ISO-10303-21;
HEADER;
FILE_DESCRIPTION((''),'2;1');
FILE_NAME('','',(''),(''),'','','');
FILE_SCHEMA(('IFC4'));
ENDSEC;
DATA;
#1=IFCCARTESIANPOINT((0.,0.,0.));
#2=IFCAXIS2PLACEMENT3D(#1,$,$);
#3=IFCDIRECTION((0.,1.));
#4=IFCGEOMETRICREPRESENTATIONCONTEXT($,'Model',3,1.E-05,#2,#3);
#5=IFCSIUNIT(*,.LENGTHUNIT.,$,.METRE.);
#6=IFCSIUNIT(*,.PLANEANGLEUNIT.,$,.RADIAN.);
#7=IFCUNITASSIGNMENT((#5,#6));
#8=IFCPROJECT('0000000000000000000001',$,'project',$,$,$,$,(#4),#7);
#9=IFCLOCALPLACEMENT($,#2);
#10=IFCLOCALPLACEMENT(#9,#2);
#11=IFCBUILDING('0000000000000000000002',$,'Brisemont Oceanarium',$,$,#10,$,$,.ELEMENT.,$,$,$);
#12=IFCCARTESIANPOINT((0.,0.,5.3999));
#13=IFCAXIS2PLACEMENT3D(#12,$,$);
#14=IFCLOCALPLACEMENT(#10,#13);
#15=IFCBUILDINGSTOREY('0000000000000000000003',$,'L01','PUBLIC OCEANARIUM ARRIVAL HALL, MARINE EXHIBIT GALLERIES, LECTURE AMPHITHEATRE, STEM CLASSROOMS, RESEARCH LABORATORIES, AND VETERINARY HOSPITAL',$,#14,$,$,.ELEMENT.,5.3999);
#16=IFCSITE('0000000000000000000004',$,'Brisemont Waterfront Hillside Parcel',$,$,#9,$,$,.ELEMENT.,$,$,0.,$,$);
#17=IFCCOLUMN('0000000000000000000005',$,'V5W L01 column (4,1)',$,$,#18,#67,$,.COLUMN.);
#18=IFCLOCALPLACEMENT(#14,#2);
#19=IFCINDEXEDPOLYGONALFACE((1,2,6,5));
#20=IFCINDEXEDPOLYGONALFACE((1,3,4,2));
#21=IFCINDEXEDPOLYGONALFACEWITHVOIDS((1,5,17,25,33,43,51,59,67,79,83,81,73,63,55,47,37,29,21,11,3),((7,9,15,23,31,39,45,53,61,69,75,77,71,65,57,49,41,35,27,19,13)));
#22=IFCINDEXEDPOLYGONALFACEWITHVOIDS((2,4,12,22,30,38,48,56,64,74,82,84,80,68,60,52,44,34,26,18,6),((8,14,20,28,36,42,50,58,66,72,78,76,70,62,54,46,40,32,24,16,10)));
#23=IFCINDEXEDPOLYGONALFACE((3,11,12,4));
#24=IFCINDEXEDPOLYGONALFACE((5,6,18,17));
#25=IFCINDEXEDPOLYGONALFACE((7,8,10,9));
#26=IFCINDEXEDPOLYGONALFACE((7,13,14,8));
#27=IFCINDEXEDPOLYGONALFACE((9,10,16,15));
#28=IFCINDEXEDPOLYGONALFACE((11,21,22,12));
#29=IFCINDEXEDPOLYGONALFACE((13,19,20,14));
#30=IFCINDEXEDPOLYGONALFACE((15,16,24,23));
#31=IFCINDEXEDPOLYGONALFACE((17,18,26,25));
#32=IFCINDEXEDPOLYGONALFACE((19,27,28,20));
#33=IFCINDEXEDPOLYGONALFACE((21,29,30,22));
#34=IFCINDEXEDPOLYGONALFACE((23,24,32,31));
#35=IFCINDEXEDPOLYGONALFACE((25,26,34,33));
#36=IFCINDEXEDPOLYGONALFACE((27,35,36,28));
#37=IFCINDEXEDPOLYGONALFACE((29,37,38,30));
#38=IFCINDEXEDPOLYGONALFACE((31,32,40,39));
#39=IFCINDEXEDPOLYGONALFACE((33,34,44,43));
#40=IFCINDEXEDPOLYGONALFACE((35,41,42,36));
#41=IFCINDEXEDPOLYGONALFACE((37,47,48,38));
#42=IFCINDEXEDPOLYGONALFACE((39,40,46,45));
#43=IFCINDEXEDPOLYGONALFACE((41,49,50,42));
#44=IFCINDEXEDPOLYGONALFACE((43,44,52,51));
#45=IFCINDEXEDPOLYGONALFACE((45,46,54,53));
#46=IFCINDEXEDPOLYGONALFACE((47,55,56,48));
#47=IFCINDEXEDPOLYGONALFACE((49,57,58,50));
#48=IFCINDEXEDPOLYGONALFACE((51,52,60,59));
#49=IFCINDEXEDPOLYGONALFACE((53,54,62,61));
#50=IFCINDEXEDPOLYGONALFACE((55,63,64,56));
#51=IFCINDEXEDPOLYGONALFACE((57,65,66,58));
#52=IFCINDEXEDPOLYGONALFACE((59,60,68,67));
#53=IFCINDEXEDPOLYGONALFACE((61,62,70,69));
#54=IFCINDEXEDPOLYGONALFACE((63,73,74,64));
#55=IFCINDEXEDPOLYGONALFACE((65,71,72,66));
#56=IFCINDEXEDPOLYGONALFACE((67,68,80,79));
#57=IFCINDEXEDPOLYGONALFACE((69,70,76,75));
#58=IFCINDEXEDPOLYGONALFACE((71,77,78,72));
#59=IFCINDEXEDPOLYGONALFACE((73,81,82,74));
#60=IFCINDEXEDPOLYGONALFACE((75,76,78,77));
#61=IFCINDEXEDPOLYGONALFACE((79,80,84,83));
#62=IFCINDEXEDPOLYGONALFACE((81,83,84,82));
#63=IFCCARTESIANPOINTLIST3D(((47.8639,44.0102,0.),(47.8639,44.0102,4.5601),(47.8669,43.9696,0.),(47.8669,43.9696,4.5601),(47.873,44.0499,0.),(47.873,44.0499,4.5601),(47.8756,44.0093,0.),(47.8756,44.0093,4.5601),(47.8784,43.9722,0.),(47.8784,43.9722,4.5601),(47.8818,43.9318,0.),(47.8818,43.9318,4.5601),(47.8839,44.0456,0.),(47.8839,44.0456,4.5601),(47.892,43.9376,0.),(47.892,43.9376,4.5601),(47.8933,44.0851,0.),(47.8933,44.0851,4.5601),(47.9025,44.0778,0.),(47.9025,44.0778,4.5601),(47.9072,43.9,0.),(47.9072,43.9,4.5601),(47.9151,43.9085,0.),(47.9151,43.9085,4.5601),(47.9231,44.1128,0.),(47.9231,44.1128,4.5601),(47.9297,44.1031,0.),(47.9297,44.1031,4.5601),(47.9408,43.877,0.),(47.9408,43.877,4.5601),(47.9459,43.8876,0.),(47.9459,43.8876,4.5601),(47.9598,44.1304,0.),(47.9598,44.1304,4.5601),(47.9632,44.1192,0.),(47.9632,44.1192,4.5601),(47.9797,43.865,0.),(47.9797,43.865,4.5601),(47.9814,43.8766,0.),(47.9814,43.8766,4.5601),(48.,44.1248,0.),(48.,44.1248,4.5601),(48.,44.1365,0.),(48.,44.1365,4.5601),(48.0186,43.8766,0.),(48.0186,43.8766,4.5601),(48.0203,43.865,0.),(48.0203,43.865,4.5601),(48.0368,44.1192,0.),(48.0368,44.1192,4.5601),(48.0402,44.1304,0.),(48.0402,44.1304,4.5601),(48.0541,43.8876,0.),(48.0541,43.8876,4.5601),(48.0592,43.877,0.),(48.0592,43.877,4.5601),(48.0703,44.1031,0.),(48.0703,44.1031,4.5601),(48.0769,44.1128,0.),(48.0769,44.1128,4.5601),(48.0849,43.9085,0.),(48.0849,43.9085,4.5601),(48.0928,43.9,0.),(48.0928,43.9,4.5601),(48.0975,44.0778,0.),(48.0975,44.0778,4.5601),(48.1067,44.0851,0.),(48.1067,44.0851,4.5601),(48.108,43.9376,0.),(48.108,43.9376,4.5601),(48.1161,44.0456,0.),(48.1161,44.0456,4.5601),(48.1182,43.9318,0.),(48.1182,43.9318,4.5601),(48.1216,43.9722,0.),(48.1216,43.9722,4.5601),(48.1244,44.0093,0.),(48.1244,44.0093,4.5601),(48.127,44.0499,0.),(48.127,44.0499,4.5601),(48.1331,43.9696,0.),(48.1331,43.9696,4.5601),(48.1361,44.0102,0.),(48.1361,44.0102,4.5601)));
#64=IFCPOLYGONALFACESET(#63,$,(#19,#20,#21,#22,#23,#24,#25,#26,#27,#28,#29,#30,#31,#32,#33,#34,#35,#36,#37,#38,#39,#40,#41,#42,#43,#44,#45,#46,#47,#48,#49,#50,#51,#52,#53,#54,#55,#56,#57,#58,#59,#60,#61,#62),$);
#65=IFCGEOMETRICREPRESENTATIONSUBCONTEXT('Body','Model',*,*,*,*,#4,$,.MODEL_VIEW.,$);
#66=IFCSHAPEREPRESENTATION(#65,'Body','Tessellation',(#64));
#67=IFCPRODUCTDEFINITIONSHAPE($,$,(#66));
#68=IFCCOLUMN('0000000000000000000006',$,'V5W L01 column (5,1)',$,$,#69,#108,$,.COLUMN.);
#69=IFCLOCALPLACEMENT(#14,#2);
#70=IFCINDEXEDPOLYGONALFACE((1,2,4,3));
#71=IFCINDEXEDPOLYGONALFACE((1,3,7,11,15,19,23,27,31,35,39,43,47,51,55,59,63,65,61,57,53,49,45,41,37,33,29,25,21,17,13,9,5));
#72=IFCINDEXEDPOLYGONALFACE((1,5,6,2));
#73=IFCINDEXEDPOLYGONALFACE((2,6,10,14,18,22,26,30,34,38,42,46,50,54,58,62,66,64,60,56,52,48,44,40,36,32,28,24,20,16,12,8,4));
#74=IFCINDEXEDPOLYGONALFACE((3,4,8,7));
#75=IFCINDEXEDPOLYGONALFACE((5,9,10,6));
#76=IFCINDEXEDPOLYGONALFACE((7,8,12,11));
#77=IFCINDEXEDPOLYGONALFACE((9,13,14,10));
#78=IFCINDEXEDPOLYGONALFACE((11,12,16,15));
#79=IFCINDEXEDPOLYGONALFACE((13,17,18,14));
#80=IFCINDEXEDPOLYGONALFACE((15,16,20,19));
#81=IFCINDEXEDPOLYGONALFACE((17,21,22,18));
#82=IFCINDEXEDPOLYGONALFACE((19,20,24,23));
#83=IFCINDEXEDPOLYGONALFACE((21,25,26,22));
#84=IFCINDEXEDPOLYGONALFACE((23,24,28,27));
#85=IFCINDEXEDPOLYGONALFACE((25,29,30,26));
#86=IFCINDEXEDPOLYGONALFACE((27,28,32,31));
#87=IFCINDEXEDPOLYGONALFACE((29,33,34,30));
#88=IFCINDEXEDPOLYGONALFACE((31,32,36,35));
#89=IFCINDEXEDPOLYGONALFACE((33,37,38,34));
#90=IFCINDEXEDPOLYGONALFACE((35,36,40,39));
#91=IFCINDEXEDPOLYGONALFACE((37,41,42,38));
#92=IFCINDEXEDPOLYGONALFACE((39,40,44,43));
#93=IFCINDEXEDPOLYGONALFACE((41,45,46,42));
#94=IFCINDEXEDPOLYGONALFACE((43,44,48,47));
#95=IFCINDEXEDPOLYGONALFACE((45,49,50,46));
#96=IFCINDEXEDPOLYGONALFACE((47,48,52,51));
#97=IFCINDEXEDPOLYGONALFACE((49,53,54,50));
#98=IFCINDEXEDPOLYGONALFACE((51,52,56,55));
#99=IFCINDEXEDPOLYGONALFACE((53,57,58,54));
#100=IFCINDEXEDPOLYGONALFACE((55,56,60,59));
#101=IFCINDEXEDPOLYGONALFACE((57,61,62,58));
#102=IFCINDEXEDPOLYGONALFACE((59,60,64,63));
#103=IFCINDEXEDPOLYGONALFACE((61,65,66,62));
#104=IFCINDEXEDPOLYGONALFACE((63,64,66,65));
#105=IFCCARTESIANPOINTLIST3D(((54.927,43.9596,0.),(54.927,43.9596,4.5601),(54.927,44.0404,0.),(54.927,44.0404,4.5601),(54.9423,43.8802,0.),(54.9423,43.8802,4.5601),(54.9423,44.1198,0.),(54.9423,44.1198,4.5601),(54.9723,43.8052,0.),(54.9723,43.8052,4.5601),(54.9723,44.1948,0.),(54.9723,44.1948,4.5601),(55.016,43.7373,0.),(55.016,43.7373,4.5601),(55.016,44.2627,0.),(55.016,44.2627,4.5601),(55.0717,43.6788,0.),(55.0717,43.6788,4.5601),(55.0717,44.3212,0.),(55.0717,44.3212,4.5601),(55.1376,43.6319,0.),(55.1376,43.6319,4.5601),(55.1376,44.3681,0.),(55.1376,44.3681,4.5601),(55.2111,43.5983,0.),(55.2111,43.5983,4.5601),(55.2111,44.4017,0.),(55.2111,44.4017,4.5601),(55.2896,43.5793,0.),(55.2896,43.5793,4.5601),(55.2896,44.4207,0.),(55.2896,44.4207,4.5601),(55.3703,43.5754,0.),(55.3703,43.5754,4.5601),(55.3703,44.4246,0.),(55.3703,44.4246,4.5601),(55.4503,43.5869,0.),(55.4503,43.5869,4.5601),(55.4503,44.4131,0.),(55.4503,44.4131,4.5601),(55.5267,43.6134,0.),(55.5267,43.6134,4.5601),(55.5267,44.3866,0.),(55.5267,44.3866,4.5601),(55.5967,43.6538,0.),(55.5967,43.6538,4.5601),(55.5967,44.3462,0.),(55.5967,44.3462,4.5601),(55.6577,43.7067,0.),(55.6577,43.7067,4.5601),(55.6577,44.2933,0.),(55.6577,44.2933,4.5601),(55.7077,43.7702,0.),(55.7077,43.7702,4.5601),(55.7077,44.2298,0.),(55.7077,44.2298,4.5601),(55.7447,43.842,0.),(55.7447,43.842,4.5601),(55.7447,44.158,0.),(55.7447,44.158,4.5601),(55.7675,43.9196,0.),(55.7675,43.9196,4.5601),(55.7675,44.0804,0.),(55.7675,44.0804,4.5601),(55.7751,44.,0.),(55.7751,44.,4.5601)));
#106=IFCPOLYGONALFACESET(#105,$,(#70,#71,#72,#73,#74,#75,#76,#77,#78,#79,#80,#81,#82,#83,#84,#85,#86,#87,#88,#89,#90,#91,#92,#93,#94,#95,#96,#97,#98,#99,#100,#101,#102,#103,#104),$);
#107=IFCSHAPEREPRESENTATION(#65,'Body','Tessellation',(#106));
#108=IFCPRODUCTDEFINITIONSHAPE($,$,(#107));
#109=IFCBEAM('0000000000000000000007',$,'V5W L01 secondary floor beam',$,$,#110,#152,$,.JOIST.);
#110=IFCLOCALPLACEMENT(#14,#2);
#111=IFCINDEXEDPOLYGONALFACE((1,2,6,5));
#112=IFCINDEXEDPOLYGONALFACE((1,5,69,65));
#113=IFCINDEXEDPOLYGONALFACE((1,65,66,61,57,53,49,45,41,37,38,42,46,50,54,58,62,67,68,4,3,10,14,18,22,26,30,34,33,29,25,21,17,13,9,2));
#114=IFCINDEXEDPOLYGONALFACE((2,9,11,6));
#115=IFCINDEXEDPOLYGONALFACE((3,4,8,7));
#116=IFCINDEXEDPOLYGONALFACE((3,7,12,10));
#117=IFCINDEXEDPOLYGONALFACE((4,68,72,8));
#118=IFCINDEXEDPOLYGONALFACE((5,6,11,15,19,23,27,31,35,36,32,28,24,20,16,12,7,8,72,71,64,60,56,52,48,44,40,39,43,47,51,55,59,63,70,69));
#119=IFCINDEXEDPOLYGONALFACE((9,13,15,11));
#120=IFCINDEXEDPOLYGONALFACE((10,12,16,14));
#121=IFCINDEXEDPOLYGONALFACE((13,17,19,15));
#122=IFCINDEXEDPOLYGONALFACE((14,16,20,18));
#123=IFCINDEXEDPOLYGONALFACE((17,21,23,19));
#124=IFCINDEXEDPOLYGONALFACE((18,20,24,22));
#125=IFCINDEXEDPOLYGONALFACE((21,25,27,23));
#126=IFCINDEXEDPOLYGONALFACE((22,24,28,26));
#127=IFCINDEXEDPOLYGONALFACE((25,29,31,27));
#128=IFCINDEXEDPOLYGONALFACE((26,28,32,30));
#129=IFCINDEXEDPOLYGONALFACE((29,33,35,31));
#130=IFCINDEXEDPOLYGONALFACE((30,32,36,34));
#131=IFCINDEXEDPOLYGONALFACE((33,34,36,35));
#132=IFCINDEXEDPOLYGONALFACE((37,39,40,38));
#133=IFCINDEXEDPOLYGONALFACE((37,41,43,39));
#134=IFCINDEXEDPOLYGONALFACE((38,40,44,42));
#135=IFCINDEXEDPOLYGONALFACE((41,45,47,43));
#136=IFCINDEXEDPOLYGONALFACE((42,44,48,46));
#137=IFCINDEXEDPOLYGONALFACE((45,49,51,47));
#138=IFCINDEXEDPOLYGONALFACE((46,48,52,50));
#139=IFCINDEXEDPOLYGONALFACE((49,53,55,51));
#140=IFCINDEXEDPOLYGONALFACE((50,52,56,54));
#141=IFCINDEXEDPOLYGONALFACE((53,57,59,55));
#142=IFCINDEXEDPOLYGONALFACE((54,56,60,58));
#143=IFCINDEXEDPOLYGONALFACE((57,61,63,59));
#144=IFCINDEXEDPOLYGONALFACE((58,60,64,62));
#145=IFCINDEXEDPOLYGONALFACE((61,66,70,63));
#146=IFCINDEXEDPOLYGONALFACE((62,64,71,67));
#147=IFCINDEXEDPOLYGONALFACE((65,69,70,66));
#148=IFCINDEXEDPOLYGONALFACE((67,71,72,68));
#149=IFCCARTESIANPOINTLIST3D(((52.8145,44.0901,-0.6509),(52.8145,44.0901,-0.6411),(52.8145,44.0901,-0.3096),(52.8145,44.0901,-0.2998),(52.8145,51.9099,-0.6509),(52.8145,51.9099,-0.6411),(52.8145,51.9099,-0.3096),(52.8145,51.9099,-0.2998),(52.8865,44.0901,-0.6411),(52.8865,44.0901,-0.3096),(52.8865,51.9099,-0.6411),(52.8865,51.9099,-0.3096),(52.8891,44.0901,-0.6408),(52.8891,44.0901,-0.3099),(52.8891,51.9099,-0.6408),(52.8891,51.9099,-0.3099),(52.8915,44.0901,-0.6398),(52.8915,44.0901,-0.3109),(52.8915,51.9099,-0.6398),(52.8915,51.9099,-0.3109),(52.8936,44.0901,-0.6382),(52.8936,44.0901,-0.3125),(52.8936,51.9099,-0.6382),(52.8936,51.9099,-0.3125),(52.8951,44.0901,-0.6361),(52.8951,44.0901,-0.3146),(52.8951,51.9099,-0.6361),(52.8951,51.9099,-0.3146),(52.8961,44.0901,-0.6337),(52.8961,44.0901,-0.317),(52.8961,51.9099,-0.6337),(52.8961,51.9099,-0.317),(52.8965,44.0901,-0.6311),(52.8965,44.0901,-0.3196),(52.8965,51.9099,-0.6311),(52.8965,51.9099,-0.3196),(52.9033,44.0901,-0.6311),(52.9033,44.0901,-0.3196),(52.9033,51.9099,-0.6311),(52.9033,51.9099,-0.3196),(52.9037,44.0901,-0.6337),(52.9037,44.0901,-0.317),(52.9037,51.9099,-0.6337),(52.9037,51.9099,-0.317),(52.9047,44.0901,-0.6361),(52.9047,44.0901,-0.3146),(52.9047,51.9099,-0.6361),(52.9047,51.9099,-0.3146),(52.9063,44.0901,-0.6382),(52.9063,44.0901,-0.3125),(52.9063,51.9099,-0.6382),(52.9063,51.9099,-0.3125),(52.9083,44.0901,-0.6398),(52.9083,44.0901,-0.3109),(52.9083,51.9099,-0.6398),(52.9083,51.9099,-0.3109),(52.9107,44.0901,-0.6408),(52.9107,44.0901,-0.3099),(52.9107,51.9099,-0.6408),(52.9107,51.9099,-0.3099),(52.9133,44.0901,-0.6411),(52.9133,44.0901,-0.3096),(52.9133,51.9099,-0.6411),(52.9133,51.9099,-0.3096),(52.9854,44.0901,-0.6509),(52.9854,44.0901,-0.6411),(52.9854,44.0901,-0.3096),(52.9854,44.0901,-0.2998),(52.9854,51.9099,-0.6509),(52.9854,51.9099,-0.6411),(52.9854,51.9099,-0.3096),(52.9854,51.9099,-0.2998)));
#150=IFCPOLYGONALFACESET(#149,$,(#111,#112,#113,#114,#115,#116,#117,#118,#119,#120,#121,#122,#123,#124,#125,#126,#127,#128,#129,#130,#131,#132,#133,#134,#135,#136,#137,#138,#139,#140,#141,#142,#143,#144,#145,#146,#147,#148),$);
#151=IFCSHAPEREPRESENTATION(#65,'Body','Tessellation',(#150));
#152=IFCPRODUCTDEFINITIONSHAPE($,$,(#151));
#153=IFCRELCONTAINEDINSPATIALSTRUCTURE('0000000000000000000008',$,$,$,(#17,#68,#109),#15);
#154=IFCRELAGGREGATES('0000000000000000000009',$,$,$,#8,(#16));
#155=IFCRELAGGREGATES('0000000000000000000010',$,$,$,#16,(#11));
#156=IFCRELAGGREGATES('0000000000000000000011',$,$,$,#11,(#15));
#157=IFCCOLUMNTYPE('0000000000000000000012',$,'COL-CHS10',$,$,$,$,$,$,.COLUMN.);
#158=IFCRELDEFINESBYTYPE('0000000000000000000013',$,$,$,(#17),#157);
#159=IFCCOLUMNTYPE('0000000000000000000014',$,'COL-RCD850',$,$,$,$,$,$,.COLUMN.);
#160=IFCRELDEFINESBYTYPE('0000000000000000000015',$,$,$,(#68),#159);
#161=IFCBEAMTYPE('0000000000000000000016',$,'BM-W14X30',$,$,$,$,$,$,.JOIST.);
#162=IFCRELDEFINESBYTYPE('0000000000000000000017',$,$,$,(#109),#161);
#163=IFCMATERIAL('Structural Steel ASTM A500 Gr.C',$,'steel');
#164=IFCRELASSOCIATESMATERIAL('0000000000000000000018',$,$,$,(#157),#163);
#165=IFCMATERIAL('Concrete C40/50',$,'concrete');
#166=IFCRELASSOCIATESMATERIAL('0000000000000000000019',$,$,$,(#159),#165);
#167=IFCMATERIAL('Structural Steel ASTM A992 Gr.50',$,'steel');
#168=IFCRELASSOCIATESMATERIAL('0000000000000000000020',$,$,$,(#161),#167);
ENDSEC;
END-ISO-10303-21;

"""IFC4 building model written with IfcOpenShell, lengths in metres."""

from ifc_helpers import new_model, si_unit, direction, frame, origin, origin_2d, place, context, subcontext, project, spatial, circle, hollow_circle, i_section, extrude, material, material_profile, profile_set, type_object, element, save


model = new_model("IFC4")

# Units and contexts
model_context = context("Model", 3, precision=1e-05, world=origin(), true_north=direction((0.0, 1.0)))
body_context = subcontext(model_context, "Body", "Model", "MODEL_VIEW")
ifc_project = project(units=[si_unit("LENGTHUNIT", "METRE"), si_unit("PLANEANGLEUNIT", "RADIAN")], contexts=[model_context])

# Site, building, storey
site_placement = place(None, origin())
site = spatial("IfcSite", under=ifc_project, at=site_placement, Name="Brisemont Waterfront Hillside Parcel", CompositionType="ELEMENT", RefElevation=0.0)
building_placement = place(site_placement, origin())
building = spatial("IfcBuilding", under=site, at=building_placement, Name="Brisemont Oceanarium", CompositionType="ELEMENT")
storey_placement = place(building_placement, frame((0.0, 0.0, 5.3999)))
storey = spatial("IfcBuildingStorey", under=building, at=storey_placement, Name="L01", Description="PUBLIC OCEANARIUM ARRIVAL HALL, MARINE EXHIBIT GALLERIES, LECTURE AMPHITHEATRE, STEM CLASSROOMS, RESEARCH LABORATORIES, AND VETERINARY HOSPITAL", CompositionType="ELEMENT", Elevation=5.3999)

# Columns
ifc_material_1 = material(Name="Structural Steel ASTM A500 Gr.C", Category="steel")
ifc_material_profile_1 = material_profile(ifc_material_1, hollow_circle(Radius=0.1365, WallThickness=0.0117, at=origin_2d()), Name="HSS10.750X0.500")
ifc_profile_set_1 = profile_set([ifc_material_profile_1], Name="Structural Steel ASTM A500 Gr.C")
column_type_1 = type_object("IfcColumnType", Name="COL-CHS10", PredefinedType="COLUMN", material=ifc_profile_set_1)
column_1_placement = place(storey_placement, frame((48.0, 44.0, 0.0), z_axis=(0.0, 0.0, 1.0), x_axis=(0.0, 1.0, 0.0)))
element("IfcColumn", 1, at=column_1_placement, inside=storey, type_object=column_type_1, Name="V5W L01 column (4,1)", PredefinedType="COLUMN", context=body_context, shape_type="SweptSolid", body=[
    extrude(hollow_circle(Radius=0.1365, WallThickness=0.0117, at=origin_2d()), origin(), (0.0, 0.0, 1.0), 4.5601),
])
ifc_material_2 = material(Name="Concrete C40/50", Category="concrete")
ifc_material_profile_2 = material_profile(ifc_material_2, circle(Radius=0.425, at=origin_2d()), Name="RC-COL-D850")
ifc_profile_set_2 = profile_set([ifc_material_profile_2], Name="Concrete C40/50")
column_type_2 = type_object("IfcColumnType", Name="COL-RCD850", PredefinedType="COLUMN", material=ifc_profile_set_2)
column_2_placement = place(storey_placement, frame((55.3501, 44.0, 0.0), z_axis=(0.0, 0.0, 1.0), x_axis=(1.0, 0.0, 0.0)))
element("IfcColumn", 2, at=column_2_placement, inside=storey, type_object=column_type_2, Name="V5W L01 column (5,1)", PredefinedType="COLUMN", context=body_context, shape_type="SweptSolid", body=[
    extrude(circle(Radius=0.425, at=origin_2d()), origin(), (0.0, 0.0, 1.0), 4.5601),
])

# Beam
ifc_material_3 = material(Name="Structural Steel ASTM A992 Gr.50", Category="steel")
ifc_material_profile_3 = material_profile(ifc_material_3, i_section(OverallWidth=0.1709, OverallDepth=0.3511, WebThickness=0.0068, FlangeThickness=0.0098, FilletRadius=0.01, at=origin_2d()), Name="W14X30")
ifc_profile_set_3 = profile_set([ifc_material_profile_3], Name="Structural Steel ASTM A992 Gr.50")
beam_type_1 = type_object("IfcBeamType", Name="BM-W14X30", PredefinedType="JOIST", material=ifc_profile_set_3)
beam_1_placement = place(storey_placement, frame((52.8999, 44.0901, -0.4753), z_axis=(0.0, 1.0, 0.0), x_axis=(-1.0, 0.0, 0.0)))
element("IfcBeam", 3, at=beam_1_placement, inside=storey, type_object=beam_type_1, Name="V5W L01 secondary floor beam", PredefinedType="JOIST", context=body_context, shape_type="SweptSolid", body=[
    extrude(i_section(OverallWidth=0.1709, OverallDepth=0.3511, WebThickness=0.0068, FlangeThickness=0.0098, FilletRadius=0.01, at=origin_2d()), origin(), (0.0, 0.0, 1.0), 7.8198),
])

save(model, "model.ifc")
